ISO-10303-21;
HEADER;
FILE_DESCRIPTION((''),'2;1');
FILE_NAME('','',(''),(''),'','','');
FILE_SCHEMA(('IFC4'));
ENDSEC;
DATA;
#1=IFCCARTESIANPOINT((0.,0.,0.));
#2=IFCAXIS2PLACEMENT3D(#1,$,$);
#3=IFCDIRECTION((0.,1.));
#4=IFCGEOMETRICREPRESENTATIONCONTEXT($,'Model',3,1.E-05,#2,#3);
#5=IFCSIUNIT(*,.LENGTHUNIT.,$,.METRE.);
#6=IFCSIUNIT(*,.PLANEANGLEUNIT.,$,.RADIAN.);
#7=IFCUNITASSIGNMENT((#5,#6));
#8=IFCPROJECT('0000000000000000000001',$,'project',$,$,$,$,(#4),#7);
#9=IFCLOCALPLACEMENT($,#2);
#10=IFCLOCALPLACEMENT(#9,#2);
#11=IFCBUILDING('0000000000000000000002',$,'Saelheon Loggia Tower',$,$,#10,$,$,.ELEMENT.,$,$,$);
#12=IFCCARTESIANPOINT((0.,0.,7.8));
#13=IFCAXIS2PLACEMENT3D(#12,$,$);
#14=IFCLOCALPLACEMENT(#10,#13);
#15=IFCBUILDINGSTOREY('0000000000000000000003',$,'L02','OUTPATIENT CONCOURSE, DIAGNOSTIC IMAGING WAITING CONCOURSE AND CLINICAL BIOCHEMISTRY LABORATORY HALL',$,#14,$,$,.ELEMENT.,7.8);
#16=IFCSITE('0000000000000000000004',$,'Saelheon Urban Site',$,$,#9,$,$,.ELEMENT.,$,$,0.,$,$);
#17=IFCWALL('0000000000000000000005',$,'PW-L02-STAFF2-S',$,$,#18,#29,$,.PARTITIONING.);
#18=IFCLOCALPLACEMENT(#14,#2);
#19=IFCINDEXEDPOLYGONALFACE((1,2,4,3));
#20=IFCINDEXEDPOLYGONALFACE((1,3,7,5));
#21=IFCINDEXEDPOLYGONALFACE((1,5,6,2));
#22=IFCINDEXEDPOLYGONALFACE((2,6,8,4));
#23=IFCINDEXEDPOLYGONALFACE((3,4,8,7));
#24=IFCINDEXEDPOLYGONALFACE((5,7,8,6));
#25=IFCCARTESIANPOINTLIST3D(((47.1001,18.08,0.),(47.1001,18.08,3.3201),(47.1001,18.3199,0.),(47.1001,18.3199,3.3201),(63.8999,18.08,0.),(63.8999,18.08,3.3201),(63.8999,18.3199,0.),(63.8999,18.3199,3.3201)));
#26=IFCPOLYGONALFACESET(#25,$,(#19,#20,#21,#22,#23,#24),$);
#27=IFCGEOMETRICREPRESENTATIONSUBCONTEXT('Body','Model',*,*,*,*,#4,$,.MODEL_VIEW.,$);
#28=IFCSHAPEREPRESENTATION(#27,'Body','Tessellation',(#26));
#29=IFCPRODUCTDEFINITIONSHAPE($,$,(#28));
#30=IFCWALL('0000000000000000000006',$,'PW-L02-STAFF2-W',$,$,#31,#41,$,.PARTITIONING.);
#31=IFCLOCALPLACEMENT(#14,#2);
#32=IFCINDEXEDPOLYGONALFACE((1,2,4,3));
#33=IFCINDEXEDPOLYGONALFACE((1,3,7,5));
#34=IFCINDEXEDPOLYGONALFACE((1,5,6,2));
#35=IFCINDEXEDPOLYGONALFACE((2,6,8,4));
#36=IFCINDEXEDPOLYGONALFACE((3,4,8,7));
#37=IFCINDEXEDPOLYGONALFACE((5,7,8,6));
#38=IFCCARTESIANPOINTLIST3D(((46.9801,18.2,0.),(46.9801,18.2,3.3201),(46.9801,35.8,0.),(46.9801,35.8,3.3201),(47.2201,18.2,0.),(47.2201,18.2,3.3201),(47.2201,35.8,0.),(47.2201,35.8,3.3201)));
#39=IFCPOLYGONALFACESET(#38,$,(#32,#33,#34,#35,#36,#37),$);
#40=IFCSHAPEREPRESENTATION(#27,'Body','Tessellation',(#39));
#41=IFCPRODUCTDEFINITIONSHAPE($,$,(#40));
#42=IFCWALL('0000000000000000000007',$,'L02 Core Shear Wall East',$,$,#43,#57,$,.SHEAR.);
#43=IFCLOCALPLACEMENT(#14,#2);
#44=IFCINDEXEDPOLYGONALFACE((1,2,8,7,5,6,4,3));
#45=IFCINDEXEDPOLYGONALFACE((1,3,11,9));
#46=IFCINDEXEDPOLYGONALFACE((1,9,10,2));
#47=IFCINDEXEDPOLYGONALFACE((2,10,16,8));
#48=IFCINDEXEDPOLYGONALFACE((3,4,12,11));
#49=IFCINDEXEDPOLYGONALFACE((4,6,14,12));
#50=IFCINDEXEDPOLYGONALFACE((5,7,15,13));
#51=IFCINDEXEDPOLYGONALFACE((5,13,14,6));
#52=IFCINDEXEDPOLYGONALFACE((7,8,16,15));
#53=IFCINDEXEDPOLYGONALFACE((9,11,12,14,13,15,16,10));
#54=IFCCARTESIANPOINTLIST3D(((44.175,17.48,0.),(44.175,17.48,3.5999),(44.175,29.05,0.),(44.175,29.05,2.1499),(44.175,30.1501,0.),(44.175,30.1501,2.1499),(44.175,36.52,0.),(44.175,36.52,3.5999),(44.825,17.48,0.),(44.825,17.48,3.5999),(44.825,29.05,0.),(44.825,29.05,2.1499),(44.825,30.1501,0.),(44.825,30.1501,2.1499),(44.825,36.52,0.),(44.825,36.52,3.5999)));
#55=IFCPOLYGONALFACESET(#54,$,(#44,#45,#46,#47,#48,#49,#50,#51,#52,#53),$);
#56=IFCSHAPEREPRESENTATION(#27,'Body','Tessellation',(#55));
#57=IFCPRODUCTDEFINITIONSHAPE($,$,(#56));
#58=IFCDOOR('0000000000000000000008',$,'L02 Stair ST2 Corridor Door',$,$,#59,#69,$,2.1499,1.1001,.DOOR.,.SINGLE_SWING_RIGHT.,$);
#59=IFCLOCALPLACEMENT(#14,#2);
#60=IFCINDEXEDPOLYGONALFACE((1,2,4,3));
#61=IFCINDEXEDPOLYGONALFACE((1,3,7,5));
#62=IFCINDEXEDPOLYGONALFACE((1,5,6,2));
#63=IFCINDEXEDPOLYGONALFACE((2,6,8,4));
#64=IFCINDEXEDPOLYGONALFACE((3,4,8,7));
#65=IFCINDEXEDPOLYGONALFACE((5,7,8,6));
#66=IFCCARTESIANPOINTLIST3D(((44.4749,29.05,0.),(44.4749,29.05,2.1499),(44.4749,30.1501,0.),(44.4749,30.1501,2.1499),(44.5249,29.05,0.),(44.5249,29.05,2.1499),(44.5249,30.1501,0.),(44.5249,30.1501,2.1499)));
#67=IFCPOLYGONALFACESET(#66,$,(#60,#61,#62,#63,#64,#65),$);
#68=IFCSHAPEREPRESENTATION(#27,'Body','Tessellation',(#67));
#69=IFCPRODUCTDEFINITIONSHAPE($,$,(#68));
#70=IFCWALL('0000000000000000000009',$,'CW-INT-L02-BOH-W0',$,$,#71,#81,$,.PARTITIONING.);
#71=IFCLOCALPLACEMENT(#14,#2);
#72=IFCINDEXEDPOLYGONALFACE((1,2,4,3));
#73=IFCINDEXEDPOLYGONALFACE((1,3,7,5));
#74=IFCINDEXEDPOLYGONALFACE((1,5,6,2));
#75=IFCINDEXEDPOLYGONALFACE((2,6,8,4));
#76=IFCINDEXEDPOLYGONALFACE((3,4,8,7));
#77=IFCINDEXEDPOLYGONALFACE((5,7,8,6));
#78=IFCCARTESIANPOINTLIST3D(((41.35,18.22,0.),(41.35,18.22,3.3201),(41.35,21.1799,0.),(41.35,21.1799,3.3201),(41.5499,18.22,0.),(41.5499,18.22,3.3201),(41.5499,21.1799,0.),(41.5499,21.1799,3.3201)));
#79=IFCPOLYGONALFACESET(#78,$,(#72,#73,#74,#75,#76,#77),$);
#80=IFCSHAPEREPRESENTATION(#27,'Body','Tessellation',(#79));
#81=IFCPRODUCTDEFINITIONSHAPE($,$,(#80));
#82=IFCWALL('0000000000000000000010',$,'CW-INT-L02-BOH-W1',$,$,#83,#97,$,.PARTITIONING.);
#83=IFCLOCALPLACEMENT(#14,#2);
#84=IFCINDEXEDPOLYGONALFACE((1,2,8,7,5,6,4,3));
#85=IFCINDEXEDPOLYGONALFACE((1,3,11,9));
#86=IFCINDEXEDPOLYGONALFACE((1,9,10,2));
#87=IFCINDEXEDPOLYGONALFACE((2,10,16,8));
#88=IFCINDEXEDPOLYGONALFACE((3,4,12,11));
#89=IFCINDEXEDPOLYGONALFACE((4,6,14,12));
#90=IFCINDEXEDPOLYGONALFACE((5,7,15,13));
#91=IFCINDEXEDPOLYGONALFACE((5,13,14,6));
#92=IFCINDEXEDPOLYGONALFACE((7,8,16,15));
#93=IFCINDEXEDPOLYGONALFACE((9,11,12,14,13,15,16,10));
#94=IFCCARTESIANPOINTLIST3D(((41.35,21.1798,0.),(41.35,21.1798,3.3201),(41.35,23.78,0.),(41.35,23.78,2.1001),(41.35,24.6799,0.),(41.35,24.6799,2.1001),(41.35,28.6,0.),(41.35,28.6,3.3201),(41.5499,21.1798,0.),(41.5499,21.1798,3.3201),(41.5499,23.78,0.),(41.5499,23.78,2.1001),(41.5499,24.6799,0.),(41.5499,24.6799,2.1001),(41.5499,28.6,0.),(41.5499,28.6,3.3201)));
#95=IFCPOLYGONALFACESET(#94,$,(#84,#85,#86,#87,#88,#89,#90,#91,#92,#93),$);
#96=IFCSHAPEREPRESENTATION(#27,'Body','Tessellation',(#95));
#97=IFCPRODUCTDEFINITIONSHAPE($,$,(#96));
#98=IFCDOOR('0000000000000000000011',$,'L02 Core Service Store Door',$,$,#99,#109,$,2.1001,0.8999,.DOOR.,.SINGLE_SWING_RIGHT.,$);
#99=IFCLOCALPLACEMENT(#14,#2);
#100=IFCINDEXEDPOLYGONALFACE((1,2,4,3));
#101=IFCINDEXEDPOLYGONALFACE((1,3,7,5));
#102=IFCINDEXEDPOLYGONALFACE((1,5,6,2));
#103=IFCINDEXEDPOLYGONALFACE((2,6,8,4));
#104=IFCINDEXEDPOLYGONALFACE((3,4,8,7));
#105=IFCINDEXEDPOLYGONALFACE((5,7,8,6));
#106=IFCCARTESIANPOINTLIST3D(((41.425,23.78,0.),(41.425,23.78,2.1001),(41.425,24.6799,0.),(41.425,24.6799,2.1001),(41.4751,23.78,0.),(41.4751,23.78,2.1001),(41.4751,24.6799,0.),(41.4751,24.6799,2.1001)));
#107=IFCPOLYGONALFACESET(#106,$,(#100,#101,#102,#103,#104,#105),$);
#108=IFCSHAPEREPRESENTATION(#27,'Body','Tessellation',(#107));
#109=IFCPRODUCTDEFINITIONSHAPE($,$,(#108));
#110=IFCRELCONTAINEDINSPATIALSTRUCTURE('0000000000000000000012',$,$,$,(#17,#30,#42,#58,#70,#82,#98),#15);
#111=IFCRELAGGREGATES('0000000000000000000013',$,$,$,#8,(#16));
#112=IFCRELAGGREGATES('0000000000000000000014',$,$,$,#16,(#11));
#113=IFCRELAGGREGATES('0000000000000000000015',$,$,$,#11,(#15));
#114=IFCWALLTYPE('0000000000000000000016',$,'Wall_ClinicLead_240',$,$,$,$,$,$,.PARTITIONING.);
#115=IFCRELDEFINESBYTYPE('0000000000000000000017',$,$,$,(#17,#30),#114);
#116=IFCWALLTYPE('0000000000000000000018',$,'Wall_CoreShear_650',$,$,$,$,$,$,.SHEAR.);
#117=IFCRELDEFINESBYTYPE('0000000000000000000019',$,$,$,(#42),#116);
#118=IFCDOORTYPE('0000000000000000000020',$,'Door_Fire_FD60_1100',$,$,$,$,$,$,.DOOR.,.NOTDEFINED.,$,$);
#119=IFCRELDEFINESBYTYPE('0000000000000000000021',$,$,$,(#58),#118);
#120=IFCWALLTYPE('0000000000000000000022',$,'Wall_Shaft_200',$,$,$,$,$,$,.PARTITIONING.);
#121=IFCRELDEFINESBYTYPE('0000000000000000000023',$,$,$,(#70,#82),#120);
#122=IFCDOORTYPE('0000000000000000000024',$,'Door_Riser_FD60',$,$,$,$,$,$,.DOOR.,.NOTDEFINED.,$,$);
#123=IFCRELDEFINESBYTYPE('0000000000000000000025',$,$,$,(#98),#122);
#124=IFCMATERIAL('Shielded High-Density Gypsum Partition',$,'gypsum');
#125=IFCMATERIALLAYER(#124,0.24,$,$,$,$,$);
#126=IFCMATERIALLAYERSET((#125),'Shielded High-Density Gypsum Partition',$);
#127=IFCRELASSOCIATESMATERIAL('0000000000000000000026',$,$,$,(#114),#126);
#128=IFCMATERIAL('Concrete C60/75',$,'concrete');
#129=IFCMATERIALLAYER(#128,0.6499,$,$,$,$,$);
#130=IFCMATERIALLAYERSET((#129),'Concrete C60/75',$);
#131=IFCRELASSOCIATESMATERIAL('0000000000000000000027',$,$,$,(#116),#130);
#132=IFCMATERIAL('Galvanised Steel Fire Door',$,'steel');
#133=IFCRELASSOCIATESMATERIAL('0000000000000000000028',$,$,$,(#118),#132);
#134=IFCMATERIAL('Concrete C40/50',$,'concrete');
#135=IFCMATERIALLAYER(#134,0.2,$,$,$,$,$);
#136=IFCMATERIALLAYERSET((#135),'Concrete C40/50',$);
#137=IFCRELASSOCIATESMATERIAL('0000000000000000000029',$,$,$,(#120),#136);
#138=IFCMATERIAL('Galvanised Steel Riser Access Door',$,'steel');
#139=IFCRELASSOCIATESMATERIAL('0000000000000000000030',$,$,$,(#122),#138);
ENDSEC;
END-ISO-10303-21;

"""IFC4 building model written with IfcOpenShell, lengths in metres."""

from ifc_helpers import new_model, si_unit, direction, frame, frame_2d, origin, place, context, subcontext, project, spatial, rectangle, extrude, source, transform, mapped, material, layer, layer_set, type_object, element, fill, save


model = new_model("IFC4")

# Units and contexts
model_context = context("Model", 3, precision=1e-05, world=origin(), true_north=direction((0.0, 1.0)))
body_context = subcontext(model_context, "Body", "Model", "MODEL_VIEW")
ifc_project = project(units=[si_unit("LENGTHUNIT", "METRE"), si_unit("PLANEANGLEUNIT", "RADIAN")], contexts=[model_context])

# Site, building, storey
site_placement = place(None, origin())
site = spatial("IfcSite", under=ifc_project, at=site_placement, Name="Saelheon Urban Site", CompositionType="ELEMENT", RefElevation=0.0)
building_placement = place(site_placement, origin())
building = spatial("IfcBuilding", under=site, at=building_placement, Name="Saelheon Loggia Tower", CompositionType="ELEMENT")
storey_placement = place(building_placement, frame((0.0, 0.0, 7.8)))
storey = spatial("IfcBuildingStorey", under=building, at=storey_placement, Name="L02", Description="OUTPATIENT CONCOURSE, DIAGNOSTIC IMAGING WAITING CONCOURSE AND CLINICAL BIOCHEMISTRY LABORATORY HALL", CompositionType="ELEMENT", Elevation=7.8)

# Shared definitions
ifc_material_1 = material(Name="Concrete C60/75", Category="concrete")

# Walls
ifc_material_2 = material(Name="Shielded High-Density Gypsum Partition", Category="gypsum")
ifc_layer_1 = layer(ifc_material_2, 0.24)
ifc_layer_set_1 = layer_set([ifc_layer_1], Name="Shielded High-Density Gypsum Partition")
wall_type_1 = type_object("IfcWallType", Name="Wall_ClinicLead_240", PredefinedType="PARTITIONING", material=ifc_layer_set_1)
wall_1_placement = place(storey_placement, frame((47.1001, 18.2, 0.0), z_axis=(0.0, 0.0, 1.0), x_axis=(1.0, 0.0, 0.0)))
element("IfcWall", 1, at=wall_1_placement, inside=storey, type_object=wall_type_1, Name="PW-L02-STAFF2-S", PredefinedType="PARTITIONING", context=body_context, shape_type="SweptSolid", body=[
    extrude(rectangle(XDim=16.7998, YDim=0.24, at=frame_2d((8.3999, 0.0))), origin(), (0.0, 0.0, 1.0), 3.3201),
])
wall_2_placement = place(storey_placement, frame((47.1001, 18.2, 0.0), z_axis=(0.0, 0.0, 1.0), x_axis=(0.0, 1.0, 0.0)))
element("IfcWall", 2, at=wall_2_placement, inside=storey, type_object=wall_type_1, Name="PW-L02-STAFF2-W", PredefinedType="PARTITIONING", context=body_context, shape_type="SweptSolid", body=[
    extrude(rectangle(XDim=17.6001, YDim=0.24, at=frame_2d((8.8, 0.0))), origin(), (0.0, 0.0, 1.0), 3.3201),
])

# Wall, opening, door
ifc_layer_2 = layer(ifc_material_1, 0.6499)
ifc_layer_set_2 = layer_set([ifc_layer_2], Name="Concrete C60/75")
wall_type_2 = type_object("IfcWallType", Name="Wall_CoreShear_650", PredefinedType="SHEAR", material=ifc_layer_set_2)
wall_3_placement = place(storey_placement, frame((44.5, 17.48, 0.0), z_axis=(0.0, 0.0, 1.0), x_axis=(0.0, 1.0, 0.0)))
wall_3 = element("IfcWall", 3, at=wall_3_placement, inside=storey, type_object=wall_type_2, Name="L02 Core Shear Wall East", PredefinedType="SHEAR", context=body_context, shape_type="SweptSolid", body=[
    extrude(rectangle(XDim=19.04, YDim=0.6499, at=frame_2d((9.52, 0.0))), origin(), (0.0, 0.0, 1.0), 3.5999),
])
opening_1_placement = place(wall_3_placement, frame((12.6702, 0.0, 0.0), z_axis=(0.0, 0.0, 1.0), x_axis=(-1.0, 0.0, 0.0)))
opening_1 = element("IfcOpeningElement", 4, at=opening_1_placement, cuts=wall_3, PredefinedType="OPENING", context=body_context, shape_type="SweptSolid", body=[
    extrude(rectangle(XDim=1.1001, YDim=2.1499, at=frame_2d((0.55, 1.075))), frame((0.0, 0.3369, 0.0), z_axis=(0.0, -1.0, 0.0), x_axis=(1.0, 0.0, 0.0)), (0.0, 0.0, 1.0), 0.6738),
])
ifc_material_3 = material(Name="Galvanised Steel Fire Door", Category="steel")
door_type_1 = type_object("IfcDoorType", Name="Door_Fire_FD60_1100", OperationType="NOTDEFINED", PredefinedType="DOOR", material=ifc_material_3)
shared_shape_1 = source(origin(), body_context, "Body", "SweptSolid", [
    extrude(rectangle(XDim=1.1001, YDim=2.1499, at=frame_2d((0.55, 1.075))), frame((0.0, 0.0249, 0.0), z_axis=(0.0, -1.0, 0.0), x_axis=(1.0, 0.0, 0.0)), (0.0, 0.0, 1.0), 0.05),
])
door_1_placement = place(opening_1_placement, origin())
door_1 = element("IfcDoor", 5, at=door_1_placement, inside=storey, type_object=door_type_1, Name="L02 Stair ST2 Corridor Door", OperationType="SINGLE_SWING_RIGHT", OverallHeight=2.1499, OverallWidth=1.1001, PredefinedType="DOOR", context=body_context, shape_type="MappedRepresentation", body=[
    mapped(shared_shape_1, transform((0.0, 0.0, 0.0), scale=1.0)),
])
fill(opening_1, door_1)

# Wall
ifc_material_4 = material(Name="Concrete C40/50", Category="concrete")
ifc_layer_3 = layer(ifc_material_4, 0.2)
ifc_layer_set_3 = layer_set([ifc_layer_3], Name="Concrete C40/50")
wall_type_3 = type_object("IfcWallType", Name="Wall_Shaft_200", PredefinedType="PARTITIONING", material=ifc_layer_set_3)
wall_4_placement = place(storey_placement, frame((41.45, 18.22, 0.0), z_axis=(0.0, 0.0, 1.0), x_axis=(0.0, 1.0, 0.0)))
element("IfcWall", 6, at=wall_4_placement, inside=storey, type_object=wall_type_3, Name="CW-INT-L02-BOH-W0", PredefinedType="PARTITIONING", context=body_context, shape_type="SweptSolid", body=[
    extrude(rectangle(XDim=2.96, YDim=0.2, at=frame_2d((1.48, 0.0))), origin(), (0.0, 0.0, 1.0), 3.3201),
])

# Wall, opening, door
wall_5_placement = place(storey_placement, frame((41.45, 21.1799, 0.0), z_axis=(0.0, 0.0, 1.0), x_axis=(0.0, 1.0, 0.0)))
wall_5 = element("IfcWall", 7, at=wall_5_placement, inside=storey, type_object=wall_type_3, Name="CW-INT-L02-BOH-W1", PredefinedType="PARTITIONING", context=body_context, shape_type="SweptSolid", body=[
    extrude(rectangle(XDim=7.4202, YDim=0.2, at=frame_2d((3.71, 0.0))), origin(), (0.0, 0.0, 1.0), 3.3201),
])
opening_2_placement = place(wall_5_placement, frame((2.6001, 0.0, 0.0)))
opening_2 = element("IfcOpeningElement", 8, at=opening_2_placement, cuts=wall_5, PredefinedType="OPENING", context=body_context, shape_type="SweptSolid", body=[
    extrude(rectangle(XDim=0.8999, YDim=2.1001, at=frame_2d((0.45, 1.05))), frame((0.0, 0.1121, 0.0), z_axis=(0.0, -1.0, 0.0), x_axis=(1.0, 0.0, 0.0)), (0.0, 0.0, 1.0), 0.2239),
])
ifc_material_5 = material(Name="Galvanised Steel Riser Access Door", Category="steel")
door_type_2 = type_object("IfcDoorType", Name="Door_Riser_FD60", OperationType="NOTDEFINED", PredefinedType="DOOR", material=ifc_material_5)
shared_shape_2 = source(origin(), body_context, "Body", "SweptSolid", [
    extrude(rectangle(XDim=0.8999, YDim=2.1001, at=frame_2d((0.45, 1.05))), frame((0.0, 0.0249, 0.0), z_axis=(0.0, -1.0, 0.0), x_axis=(1.0, 0.0, 0.0)), (0.0, 0.0, 1.0), 0.05),
])
door_2_placement = place(opening_2_placement, origin())
door_2 = element("IfcDoor", 9, at=door_2_placement, inside=storey, type_object=door_type_2, Name="L02 Core Service Store Door", OperationType="SINGLE_SWING_RIGHT", OverallHeight=2.1001, OverallWidth=0.8999, PredefinedType="DOOR", context=body_context, shape_type="MappedRepresentation", body=[
    mapped(shared_shape_2, transform((0.0, 0.0, 0.0), scale=1.0)),
])
fill(opening_2, door_2)

save(model, "model.ifc")
